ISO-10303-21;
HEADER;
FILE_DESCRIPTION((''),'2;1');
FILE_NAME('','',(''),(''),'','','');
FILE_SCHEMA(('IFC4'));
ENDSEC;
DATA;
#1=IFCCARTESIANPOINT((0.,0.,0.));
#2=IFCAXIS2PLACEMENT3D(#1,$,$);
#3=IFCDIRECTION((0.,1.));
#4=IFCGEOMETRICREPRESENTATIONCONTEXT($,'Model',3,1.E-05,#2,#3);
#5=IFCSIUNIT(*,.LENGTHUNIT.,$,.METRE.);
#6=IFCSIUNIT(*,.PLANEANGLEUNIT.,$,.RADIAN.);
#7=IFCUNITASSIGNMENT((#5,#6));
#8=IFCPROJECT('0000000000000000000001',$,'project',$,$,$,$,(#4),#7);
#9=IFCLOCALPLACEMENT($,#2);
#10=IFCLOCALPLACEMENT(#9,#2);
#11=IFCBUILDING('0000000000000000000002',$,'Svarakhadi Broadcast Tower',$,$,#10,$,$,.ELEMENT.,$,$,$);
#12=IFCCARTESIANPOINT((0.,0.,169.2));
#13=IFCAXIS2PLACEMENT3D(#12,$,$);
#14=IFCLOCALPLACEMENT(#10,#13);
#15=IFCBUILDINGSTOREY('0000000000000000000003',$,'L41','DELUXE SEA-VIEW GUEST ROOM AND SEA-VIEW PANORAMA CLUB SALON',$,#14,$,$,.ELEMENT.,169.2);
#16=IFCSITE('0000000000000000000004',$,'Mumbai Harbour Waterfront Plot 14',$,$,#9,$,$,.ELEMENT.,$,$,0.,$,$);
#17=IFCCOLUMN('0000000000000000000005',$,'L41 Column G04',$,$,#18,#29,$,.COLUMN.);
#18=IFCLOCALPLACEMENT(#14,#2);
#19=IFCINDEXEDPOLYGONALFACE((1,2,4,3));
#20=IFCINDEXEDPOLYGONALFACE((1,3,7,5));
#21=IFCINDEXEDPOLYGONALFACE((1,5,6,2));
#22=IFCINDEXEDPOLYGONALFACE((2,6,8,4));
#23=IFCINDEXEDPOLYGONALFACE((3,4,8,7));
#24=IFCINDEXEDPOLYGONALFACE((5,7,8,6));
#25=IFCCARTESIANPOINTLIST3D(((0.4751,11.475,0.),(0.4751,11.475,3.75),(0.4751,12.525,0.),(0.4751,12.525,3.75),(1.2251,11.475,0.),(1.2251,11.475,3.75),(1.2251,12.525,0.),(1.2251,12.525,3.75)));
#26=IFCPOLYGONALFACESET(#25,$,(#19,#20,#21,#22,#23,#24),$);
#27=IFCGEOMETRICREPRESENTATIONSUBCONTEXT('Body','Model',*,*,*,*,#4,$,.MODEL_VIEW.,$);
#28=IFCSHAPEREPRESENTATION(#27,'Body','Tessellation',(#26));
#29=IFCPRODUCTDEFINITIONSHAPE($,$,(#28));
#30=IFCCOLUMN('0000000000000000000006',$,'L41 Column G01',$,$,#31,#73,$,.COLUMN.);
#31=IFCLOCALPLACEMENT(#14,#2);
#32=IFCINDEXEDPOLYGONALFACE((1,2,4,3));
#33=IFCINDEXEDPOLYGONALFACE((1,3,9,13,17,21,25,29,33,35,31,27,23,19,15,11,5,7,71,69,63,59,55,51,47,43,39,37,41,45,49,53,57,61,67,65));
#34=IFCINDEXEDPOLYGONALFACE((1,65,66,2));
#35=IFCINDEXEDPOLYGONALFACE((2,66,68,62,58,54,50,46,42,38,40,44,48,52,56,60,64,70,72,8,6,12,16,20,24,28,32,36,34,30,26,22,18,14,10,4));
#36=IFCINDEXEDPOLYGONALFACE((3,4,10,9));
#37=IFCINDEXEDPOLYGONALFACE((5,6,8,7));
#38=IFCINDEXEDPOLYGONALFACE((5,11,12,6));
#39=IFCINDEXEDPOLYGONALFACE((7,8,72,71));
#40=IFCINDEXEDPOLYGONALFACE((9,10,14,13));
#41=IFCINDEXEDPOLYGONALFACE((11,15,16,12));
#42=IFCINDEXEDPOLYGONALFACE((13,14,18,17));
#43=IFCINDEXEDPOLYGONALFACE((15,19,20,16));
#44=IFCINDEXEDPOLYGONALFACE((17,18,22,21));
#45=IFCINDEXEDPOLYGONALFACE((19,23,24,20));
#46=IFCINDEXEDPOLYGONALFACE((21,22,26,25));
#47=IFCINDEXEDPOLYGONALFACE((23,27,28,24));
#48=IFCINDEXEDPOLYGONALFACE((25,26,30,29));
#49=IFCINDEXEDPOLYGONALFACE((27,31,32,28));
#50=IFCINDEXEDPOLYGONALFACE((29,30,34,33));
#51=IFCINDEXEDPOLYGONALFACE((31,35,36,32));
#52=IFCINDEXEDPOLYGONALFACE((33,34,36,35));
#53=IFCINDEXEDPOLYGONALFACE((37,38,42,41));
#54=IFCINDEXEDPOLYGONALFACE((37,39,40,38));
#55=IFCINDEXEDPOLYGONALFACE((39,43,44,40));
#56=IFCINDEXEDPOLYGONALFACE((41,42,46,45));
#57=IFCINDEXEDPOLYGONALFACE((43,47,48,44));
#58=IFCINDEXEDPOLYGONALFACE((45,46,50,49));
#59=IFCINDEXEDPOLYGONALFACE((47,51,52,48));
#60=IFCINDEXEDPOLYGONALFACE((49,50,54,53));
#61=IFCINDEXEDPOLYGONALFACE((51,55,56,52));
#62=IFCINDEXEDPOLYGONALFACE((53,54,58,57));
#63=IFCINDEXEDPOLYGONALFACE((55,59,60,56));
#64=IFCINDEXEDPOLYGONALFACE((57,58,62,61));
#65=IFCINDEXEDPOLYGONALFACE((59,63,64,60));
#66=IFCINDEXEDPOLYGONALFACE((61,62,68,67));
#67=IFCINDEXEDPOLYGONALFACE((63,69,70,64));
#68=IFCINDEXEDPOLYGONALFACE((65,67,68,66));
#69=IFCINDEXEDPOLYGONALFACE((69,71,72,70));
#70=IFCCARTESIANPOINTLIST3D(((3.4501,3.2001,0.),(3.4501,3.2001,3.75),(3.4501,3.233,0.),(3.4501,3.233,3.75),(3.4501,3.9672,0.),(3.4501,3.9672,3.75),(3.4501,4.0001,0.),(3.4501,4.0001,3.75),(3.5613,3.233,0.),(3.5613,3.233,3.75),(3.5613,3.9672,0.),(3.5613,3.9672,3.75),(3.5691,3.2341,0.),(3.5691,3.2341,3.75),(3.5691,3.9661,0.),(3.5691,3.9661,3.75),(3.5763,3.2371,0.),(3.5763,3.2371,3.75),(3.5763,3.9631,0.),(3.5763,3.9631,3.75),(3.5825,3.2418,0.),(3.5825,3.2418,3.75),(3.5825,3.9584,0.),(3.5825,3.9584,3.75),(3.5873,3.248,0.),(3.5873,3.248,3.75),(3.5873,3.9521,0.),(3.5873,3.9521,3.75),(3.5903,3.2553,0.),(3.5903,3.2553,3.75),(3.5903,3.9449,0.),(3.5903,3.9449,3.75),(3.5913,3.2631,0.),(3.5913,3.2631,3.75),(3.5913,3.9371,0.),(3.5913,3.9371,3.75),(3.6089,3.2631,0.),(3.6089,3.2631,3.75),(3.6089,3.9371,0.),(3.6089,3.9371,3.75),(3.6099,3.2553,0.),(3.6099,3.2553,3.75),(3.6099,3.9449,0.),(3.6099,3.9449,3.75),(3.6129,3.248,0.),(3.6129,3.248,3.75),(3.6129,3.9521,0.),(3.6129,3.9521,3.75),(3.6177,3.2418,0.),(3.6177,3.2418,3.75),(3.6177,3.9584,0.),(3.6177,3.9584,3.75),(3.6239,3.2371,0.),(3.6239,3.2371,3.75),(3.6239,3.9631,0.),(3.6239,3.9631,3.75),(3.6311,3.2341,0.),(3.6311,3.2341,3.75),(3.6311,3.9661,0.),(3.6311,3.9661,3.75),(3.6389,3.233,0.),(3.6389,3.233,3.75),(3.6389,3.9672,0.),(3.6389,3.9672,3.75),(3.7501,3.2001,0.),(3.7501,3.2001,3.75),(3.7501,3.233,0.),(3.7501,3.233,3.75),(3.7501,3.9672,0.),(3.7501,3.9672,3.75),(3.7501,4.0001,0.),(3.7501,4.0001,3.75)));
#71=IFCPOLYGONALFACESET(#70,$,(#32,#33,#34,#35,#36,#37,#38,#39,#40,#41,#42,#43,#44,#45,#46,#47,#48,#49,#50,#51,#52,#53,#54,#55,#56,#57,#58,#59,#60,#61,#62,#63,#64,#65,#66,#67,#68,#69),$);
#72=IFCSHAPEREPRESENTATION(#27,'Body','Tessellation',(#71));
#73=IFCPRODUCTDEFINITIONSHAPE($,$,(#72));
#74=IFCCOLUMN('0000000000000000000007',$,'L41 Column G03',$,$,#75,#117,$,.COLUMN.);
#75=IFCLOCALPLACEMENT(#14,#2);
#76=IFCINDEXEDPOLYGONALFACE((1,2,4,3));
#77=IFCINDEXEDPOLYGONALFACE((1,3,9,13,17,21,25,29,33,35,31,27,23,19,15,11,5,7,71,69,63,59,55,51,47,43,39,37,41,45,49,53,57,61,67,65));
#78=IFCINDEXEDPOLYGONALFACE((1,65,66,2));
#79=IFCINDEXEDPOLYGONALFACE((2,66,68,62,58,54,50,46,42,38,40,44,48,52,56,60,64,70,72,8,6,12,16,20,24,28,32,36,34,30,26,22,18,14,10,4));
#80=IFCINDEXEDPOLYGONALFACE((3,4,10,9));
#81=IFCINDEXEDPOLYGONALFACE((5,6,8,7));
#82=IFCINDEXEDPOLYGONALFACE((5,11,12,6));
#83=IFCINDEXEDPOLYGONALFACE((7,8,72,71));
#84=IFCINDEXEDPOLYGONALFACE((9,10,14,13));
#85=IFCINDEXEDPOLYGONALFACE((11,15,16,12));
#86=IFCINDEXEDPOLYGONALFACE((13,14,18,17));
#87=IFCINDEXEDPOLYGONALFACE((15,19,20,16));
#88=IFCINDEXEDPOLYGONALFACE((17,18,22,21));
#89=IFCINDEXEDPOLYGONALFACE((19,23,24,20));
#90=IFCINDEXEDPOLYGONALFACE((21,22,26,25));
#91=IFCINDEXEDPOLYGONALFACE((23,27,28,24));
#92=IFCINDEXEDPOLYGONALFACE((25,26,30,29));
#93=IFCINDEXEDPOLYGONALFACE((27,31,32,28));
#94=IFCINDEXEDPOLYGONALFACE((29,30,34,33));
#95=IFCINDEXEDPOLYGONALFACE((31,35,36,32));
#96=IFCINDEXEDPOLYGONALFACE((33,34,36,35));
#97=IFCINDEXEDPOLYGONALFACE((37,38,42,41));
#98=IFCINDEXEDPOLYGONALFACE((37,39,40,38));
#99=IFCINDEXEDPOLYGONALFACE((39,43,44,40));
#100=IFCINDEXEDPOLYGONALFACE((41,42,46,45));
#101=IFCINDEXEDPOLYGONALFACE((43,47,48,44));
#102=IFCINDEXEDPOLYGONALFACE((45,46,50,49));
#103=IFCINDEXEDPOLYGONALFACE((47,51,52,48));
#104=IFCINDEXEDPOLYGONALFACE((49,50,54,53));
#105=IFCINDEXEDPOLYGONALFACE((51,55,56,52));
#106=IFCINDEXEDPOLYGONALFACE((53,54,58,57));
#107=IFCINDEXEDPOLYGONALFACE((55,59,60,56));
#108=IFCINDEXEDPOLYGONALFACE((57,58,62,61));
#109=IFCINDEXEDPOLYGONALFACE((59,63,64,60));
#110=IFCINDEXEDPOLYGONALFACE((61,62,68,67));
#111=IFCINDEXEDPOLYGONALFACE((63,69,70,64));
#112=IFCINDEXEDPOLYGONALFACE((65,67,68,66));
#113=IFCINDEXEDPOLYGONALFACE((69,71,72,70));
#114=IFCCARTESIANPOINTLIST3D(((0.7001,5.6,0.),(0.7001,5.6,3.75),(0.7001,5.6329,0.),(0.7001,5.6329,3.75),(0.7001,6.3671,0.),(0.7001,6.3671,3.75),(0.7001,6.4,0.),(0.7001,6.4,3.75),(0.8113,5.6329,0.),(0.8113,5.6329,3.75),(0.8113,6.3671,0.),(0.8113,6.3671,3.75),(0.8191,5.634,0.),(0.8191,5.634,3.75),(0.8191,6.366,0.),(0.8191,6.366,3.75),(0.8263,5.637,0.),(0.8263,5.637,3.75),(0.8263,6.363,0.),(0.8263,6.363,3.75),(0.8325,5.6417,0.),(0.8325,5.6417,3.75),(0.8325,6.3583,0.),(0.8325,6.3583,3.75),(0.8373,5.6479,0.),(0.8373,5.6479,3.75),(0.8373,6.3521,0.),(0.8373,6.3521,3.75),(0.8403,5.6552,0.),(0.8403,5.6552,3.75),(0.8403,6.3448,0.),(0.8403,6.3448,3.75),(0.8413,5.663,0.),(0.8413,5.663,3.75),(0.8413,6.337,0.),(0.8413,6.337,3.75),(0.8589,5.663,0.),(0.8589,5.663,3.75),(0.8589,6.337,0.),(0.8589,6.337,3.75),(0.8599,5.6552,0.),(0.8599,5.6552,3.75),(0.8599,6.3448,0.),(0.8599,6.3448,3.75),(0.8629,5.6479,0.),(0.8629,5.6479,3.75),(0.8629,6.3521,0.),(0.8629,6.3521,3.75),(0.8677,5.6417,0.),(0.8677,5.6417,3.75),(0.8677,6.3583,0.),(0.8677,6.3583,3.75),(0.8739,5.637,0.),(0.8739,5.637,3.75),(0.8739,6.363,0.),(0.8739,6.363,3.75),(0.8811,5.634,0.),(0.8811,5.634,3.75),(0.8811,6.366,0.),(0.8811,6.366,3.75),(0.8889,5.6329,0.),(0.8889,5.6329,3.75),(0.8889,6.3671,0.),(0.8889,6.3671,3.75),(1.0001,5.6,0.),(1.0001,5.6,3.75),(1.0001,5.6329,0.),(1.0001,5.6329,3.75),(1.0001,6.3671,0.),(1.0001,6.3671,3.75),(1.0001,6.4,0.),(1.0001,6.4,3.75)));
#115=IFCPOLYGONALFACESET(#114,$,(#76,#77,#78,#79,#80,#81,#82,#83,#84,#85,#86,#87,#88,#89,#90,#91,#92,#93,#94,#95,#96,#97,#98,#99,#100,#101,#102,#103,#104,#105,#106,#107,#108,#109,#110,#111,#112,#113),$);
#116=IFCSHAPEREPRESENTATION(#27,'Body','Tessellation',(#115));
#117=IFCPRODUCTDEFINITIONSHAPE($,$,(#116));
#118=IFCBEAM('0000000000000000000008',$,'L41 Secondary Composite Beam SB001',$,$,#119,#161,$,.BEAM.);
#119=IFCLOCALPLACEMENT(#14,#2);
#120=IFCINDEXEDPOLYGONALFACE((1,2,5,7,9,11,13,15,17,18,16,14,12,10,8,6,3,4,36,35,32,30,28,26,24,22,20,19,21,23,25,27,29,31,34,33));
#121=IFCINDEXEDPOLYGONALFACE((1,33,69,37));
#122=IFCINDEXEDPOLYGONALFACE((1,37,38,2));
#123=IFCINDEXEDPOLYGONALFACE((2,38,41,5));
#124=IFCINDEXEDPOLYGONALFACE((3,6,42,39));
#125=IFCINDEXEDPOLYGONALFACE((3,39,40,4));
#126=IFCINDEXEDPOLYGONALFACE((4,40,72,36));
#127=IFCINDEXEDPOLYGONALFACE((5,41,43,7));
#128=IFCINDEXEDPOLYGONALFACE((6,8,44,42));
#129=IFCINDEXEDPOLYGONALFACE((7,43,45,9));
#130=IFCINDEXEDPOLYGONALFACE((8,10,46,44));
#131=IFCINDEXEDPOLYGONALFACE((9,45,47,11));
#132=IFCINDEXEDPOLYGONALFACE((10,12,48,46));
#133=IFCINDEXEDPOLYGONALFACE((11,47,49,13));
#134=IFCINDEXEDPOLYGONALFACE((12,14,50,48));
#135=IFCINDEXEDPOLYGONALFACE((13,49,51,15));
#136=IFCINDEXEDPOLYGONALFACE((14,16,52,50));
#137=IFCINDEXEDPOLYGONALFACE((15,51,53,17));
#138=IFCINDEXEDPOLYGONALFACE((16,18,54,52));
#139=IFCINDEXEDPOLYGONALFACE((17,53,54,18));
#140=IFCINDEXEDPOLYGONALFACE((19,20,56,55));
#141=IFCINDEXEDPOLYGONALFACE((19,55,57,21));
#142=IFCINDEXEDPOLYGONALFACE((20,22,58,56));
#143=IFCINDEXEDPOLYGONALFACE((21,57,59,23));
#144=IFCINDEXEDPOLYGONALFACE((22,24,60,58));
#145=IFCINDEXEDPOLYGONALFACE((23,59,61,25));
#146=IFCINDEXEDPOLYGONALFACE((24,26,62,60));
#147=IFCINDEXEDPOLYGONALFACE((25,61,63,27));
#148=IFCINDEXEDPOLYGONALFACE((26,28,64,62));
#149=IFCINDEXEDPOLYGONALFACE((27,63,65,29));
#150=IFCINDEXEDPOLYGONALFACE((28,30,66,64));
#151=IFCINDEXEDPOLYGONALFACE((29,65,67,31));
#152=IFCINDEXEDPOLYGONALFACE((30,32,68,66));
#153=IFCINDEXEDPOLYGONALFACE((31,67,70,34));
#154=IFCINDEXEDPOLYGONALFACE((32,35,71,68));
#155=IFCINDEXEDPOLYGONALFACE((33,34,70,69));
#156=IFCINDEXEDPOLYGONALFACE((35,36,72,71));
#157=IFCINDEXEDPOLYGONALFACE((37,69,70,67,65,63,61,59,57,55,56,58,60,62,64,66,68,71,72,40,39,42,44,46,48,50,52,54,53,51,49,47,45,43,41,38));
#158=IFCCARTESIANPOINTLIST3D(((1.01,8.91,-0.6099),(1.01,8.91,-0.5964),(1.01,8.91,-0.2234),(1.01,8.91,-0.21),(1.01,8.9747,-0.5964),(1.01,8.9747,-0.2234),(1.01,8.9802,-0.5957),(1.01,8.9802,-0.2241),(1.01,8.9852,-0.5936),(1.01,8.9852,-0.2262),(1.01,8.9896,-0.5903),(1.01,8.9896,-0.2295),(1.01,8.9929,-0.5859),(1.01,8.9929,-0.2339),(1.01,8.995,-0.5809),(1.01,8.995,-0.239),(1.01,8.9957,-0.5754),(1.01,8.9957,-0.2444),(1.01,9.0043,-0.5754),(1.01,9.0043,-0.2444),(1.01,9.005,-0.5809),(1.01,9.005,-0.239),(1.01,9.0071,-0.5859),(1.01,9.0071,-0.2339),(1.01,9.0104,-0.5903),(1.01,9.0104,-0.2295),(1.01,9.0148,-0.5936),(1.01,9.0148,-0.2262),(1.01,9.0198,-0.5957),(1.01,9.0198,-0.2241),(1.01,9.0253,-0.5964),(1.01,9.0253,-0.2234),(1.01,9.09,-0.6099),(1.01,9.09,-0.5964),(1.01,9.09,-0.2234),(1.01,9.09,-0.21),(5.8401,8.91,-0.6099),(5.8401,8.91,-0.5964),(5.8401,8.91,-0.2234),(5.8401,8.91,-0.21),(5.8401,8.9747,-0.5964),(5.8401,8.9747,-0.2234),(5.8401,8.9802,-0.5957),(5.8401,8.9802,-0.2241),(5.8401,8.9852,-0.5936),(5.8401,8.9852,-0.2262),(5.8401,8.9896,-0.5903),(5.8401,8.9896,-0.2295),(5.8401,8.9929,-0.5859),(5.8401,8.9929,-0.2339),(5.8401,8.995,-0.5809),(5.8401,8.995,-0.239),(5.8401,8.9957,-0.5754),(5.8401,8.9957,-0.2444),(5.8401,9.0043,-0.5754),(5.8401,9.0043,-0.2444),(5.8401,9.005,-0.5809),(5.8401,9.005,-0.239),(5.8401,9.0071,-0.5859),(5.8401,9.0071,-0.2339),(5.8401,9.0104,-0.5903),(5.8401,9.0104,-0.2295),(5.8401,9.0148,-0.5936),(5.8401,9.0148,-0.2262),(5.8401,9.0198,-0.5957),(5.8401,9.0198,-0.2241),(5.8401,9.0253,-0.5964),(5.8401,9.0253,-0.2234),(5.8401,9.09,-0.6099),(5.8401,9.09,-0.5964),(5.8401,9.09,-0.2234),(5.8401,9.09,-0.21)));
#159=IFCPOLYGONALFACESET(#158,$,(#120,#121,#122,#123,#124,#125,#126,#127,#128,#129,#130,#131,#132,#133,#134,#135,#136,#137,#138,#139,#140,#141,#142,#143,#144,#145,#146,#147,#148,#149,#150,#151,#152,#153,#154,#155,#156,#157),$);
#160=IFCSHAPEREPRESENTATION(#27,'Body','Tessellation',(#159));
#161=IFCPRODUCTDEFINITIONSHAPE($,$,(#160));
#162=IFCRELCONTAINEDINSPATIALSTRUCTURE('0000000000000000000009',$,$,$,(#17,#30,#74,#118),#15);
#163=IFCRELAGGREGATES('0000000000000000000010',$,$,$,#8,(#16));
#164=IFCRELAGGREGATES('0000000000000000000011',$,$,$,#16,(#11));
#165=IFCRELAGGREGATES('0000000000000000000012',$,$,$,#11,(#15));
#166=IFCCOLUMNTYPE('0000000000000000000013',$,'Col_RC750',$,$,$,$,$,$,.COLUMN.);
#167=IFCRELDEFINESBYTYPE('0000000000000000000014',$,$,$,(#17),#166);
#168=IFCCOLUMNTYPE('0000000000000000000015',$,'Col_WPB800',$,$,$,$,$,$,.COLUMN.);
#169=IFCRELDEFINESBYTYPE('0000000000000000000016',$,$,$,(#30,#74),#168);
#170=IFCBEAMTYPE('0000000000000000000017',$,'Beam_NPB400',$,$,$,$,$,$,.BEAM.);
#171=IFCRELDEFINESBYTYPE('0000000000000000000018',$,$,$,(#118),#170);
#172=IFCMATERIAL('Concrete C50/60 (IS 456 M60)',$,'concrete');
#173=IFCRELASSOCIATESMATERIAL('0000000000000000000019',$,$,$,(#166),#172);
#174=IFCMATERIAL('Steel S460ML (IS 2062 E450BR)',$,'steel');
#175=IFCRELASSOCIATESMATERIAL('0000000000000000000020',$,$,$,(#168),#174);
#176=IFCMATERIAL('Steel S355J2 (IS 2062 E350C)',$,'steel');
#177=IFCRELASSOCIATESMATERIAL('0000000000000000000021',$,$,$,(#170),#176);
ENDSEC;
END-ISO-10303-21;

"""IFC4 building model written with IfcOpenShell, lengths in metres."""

from ifc_helpers import new_model, si_unit, direction, frame, origin, origin_2d, place, context, subcontext, project, spatial, rectangle, i_section, extrude, material, material_profile, profile_set, type_object, element, save


model = new_model("IFC4")

# Units and contexts
model_context = context("Model", 3, precision=1e-05, world=origin(), true_north=direction((0.0, 1.0)))
body_context = subcontext(model_context, "Body", "Model", "MODEL_VIEW")
ifc_project = project(units=[si_unit("LENGTHUNIT", "METRE"), si_unit("PLANEANGLEUNIT", "RADIAN")], contexts=[model_context])

# Site, building, storey
site_placement = place(None, origin())
site = spatial("IfcSite", under=ifc_project, at=site_placement, Name="Mumbai Harbour Waterfront Plot 14", CompositionType="ELEMENT", RefElevation=0.0)
building_placement = place(site_placement, origin())
building = spatial("IfcBuilding", under=site, at=building_placement, Name="Svarakhadi Broadcast Tower", CompositionType="ELEMENT")
storey_placement = place(building_placement, frame((0.0, 0.0, 169.2)))
storey = spatial("IfcBuildingStorey", under=building, at=storey_placement, Name="L41", Description="DELUXE SEA-VIEW GUEST ROOM AND SEA-VIEW PANORAMA CLUB SALON", CompositionType="ELEMENT", Elevation=169.2)

# Columns
ifc_material_1 = material(Name="Concrete C50/60 (IS 456 M60)", Category="concrete")
ifc_material_profile_1 = material_profile(ifc_material_1, rectangle(XDim=0.75, YDim=1.05, at=origin_2d()), Name="RC 750x1050")
ifc_profile_set_1 = profile_set([ifc_material_profile_1], Name="Concrete C50/60 (IS 456 M60)")
column_type_1 = type_object("IfcColumnType", Name="Col_RC750", PredefinedType="COLUMN", material=ifc_profile_set_1)
column_placement = place(storey_placement, frame((0.8501, 12.0, 0.0), z_axis=(0.0, 0.0, 1.0), x_axis=(1.0, 0.0, 0.0)))
element("IfcColumn", 1, at=column_placement, inside=storey, type_object=column_type_1, Name="L41 Column G04", PredefinedType="COLUMN", context=body_context, shape_type="SweptSolid", body=[
    extrude(rectangle(XDim=0.75, YDim=1.05, at=origin_2d()), origin(), (0.0, 0.0, 1.0), 3.75),
])
ifc_material_2 = material(Name="Steel S460ML (IS 2062 E450BR)", Category="steel")
ifc_material_profile_2 = material_profile(ifc_material_2, i_section(OverallWidth=0.3, OverallDepth=0.8, WebThickness=0.0176, FlangeThickness=0.033, FilletRadius=0.03, at=origin_2d()), Name="WPB 800x300x262")
ifc_profile_set_2 = profile_set([ifc_material_profile_2], Name="Steel S460ML (IS 2062 E450BR)")
column_type_2 = type_object("IfcColumnType", Name="Col_WPB800", PredefinedType="COLUMN", material=ifc_profile_set_2)
for number, where, z_axis, x_axis, name in (
    (2, (3.6001, 3.6001, 0.0), (0.0, 0.0, 1.0), (1.0, 0.0, 0.0), "L41 Column G01"),
    (3, (0.8501, 6.0, 0.0), (0.0, 0.0, 1.0), (1.0, 0.0, 0.0), "L41 Column G03"),
):
    element("IfcColumn", number, at=place(storey_placement, frame(where, z_axis=z_axis, x_axis=x_axis)), inside=storey, type_object=column_type_2, Name=name, PredefinedType="COLUMN", context=body_context, shape_type="SweptSolid", body=[
        extrude(i_section(OverallWidth=0.3, OverallDepth=0.8, WebThickness=0.0176, FlangeThickness=0.033, FilletRadius=0.03, at=origin_2d()), origin(), (0.0, 0.0, 1.0), 3.75),
    ])

# Beam
ifc_material_3 = material(Name="Steel S355J2 (IS 2062 E350C)", Category="steel")
ifc_material_profile_3 = material_profile(ifc_material_3, i_section(OverallWidth=0.1799, OverallDepth=0.3999, WebThickness=0.0085, FlangeThickness=0.0134, FilletRadius=0.021, at=origin_2d()), Name="NPB 400x180x66")
ifc_profile_set_3 = profile_set([ifc_material_profile_3], Name="Steel S355J2 (IS 2062 E350C)")
beam_type_1 = type_object("IfcBeamType", Name="Beam_NPB400", PredefinedType="BEAM", material=ifc_profile_set_3)
for number, where, z_axis, x_axis, name in (
    (4, (1.01, 9.0, -0.4099), (1.0, 0.0, 0.0), (0.0, 1.0, 0.0), "L41 Secondary Composite Beam SB001"),
):
    element("IfcBeam", number, at=place(storey_placement, frame(where, z_axis=z_axis, x_axis=x_axis)), inside=storey, type_object=beam_type_1, Name=name, PredefinedType="BEAM", context=body_context, shape_type="SweptSolid", body=[
        extrude(i_section(OverallWidth=0.1799, OverallDepth=0.3999, WebThickness=0.0085, FlangeThickness=0.0134, FilletRadius=0.021, at=origin_2d()), origin(), (0.0, 0.0, 1.0), 4.8301),
    ])

save(model, "model.ifc")
